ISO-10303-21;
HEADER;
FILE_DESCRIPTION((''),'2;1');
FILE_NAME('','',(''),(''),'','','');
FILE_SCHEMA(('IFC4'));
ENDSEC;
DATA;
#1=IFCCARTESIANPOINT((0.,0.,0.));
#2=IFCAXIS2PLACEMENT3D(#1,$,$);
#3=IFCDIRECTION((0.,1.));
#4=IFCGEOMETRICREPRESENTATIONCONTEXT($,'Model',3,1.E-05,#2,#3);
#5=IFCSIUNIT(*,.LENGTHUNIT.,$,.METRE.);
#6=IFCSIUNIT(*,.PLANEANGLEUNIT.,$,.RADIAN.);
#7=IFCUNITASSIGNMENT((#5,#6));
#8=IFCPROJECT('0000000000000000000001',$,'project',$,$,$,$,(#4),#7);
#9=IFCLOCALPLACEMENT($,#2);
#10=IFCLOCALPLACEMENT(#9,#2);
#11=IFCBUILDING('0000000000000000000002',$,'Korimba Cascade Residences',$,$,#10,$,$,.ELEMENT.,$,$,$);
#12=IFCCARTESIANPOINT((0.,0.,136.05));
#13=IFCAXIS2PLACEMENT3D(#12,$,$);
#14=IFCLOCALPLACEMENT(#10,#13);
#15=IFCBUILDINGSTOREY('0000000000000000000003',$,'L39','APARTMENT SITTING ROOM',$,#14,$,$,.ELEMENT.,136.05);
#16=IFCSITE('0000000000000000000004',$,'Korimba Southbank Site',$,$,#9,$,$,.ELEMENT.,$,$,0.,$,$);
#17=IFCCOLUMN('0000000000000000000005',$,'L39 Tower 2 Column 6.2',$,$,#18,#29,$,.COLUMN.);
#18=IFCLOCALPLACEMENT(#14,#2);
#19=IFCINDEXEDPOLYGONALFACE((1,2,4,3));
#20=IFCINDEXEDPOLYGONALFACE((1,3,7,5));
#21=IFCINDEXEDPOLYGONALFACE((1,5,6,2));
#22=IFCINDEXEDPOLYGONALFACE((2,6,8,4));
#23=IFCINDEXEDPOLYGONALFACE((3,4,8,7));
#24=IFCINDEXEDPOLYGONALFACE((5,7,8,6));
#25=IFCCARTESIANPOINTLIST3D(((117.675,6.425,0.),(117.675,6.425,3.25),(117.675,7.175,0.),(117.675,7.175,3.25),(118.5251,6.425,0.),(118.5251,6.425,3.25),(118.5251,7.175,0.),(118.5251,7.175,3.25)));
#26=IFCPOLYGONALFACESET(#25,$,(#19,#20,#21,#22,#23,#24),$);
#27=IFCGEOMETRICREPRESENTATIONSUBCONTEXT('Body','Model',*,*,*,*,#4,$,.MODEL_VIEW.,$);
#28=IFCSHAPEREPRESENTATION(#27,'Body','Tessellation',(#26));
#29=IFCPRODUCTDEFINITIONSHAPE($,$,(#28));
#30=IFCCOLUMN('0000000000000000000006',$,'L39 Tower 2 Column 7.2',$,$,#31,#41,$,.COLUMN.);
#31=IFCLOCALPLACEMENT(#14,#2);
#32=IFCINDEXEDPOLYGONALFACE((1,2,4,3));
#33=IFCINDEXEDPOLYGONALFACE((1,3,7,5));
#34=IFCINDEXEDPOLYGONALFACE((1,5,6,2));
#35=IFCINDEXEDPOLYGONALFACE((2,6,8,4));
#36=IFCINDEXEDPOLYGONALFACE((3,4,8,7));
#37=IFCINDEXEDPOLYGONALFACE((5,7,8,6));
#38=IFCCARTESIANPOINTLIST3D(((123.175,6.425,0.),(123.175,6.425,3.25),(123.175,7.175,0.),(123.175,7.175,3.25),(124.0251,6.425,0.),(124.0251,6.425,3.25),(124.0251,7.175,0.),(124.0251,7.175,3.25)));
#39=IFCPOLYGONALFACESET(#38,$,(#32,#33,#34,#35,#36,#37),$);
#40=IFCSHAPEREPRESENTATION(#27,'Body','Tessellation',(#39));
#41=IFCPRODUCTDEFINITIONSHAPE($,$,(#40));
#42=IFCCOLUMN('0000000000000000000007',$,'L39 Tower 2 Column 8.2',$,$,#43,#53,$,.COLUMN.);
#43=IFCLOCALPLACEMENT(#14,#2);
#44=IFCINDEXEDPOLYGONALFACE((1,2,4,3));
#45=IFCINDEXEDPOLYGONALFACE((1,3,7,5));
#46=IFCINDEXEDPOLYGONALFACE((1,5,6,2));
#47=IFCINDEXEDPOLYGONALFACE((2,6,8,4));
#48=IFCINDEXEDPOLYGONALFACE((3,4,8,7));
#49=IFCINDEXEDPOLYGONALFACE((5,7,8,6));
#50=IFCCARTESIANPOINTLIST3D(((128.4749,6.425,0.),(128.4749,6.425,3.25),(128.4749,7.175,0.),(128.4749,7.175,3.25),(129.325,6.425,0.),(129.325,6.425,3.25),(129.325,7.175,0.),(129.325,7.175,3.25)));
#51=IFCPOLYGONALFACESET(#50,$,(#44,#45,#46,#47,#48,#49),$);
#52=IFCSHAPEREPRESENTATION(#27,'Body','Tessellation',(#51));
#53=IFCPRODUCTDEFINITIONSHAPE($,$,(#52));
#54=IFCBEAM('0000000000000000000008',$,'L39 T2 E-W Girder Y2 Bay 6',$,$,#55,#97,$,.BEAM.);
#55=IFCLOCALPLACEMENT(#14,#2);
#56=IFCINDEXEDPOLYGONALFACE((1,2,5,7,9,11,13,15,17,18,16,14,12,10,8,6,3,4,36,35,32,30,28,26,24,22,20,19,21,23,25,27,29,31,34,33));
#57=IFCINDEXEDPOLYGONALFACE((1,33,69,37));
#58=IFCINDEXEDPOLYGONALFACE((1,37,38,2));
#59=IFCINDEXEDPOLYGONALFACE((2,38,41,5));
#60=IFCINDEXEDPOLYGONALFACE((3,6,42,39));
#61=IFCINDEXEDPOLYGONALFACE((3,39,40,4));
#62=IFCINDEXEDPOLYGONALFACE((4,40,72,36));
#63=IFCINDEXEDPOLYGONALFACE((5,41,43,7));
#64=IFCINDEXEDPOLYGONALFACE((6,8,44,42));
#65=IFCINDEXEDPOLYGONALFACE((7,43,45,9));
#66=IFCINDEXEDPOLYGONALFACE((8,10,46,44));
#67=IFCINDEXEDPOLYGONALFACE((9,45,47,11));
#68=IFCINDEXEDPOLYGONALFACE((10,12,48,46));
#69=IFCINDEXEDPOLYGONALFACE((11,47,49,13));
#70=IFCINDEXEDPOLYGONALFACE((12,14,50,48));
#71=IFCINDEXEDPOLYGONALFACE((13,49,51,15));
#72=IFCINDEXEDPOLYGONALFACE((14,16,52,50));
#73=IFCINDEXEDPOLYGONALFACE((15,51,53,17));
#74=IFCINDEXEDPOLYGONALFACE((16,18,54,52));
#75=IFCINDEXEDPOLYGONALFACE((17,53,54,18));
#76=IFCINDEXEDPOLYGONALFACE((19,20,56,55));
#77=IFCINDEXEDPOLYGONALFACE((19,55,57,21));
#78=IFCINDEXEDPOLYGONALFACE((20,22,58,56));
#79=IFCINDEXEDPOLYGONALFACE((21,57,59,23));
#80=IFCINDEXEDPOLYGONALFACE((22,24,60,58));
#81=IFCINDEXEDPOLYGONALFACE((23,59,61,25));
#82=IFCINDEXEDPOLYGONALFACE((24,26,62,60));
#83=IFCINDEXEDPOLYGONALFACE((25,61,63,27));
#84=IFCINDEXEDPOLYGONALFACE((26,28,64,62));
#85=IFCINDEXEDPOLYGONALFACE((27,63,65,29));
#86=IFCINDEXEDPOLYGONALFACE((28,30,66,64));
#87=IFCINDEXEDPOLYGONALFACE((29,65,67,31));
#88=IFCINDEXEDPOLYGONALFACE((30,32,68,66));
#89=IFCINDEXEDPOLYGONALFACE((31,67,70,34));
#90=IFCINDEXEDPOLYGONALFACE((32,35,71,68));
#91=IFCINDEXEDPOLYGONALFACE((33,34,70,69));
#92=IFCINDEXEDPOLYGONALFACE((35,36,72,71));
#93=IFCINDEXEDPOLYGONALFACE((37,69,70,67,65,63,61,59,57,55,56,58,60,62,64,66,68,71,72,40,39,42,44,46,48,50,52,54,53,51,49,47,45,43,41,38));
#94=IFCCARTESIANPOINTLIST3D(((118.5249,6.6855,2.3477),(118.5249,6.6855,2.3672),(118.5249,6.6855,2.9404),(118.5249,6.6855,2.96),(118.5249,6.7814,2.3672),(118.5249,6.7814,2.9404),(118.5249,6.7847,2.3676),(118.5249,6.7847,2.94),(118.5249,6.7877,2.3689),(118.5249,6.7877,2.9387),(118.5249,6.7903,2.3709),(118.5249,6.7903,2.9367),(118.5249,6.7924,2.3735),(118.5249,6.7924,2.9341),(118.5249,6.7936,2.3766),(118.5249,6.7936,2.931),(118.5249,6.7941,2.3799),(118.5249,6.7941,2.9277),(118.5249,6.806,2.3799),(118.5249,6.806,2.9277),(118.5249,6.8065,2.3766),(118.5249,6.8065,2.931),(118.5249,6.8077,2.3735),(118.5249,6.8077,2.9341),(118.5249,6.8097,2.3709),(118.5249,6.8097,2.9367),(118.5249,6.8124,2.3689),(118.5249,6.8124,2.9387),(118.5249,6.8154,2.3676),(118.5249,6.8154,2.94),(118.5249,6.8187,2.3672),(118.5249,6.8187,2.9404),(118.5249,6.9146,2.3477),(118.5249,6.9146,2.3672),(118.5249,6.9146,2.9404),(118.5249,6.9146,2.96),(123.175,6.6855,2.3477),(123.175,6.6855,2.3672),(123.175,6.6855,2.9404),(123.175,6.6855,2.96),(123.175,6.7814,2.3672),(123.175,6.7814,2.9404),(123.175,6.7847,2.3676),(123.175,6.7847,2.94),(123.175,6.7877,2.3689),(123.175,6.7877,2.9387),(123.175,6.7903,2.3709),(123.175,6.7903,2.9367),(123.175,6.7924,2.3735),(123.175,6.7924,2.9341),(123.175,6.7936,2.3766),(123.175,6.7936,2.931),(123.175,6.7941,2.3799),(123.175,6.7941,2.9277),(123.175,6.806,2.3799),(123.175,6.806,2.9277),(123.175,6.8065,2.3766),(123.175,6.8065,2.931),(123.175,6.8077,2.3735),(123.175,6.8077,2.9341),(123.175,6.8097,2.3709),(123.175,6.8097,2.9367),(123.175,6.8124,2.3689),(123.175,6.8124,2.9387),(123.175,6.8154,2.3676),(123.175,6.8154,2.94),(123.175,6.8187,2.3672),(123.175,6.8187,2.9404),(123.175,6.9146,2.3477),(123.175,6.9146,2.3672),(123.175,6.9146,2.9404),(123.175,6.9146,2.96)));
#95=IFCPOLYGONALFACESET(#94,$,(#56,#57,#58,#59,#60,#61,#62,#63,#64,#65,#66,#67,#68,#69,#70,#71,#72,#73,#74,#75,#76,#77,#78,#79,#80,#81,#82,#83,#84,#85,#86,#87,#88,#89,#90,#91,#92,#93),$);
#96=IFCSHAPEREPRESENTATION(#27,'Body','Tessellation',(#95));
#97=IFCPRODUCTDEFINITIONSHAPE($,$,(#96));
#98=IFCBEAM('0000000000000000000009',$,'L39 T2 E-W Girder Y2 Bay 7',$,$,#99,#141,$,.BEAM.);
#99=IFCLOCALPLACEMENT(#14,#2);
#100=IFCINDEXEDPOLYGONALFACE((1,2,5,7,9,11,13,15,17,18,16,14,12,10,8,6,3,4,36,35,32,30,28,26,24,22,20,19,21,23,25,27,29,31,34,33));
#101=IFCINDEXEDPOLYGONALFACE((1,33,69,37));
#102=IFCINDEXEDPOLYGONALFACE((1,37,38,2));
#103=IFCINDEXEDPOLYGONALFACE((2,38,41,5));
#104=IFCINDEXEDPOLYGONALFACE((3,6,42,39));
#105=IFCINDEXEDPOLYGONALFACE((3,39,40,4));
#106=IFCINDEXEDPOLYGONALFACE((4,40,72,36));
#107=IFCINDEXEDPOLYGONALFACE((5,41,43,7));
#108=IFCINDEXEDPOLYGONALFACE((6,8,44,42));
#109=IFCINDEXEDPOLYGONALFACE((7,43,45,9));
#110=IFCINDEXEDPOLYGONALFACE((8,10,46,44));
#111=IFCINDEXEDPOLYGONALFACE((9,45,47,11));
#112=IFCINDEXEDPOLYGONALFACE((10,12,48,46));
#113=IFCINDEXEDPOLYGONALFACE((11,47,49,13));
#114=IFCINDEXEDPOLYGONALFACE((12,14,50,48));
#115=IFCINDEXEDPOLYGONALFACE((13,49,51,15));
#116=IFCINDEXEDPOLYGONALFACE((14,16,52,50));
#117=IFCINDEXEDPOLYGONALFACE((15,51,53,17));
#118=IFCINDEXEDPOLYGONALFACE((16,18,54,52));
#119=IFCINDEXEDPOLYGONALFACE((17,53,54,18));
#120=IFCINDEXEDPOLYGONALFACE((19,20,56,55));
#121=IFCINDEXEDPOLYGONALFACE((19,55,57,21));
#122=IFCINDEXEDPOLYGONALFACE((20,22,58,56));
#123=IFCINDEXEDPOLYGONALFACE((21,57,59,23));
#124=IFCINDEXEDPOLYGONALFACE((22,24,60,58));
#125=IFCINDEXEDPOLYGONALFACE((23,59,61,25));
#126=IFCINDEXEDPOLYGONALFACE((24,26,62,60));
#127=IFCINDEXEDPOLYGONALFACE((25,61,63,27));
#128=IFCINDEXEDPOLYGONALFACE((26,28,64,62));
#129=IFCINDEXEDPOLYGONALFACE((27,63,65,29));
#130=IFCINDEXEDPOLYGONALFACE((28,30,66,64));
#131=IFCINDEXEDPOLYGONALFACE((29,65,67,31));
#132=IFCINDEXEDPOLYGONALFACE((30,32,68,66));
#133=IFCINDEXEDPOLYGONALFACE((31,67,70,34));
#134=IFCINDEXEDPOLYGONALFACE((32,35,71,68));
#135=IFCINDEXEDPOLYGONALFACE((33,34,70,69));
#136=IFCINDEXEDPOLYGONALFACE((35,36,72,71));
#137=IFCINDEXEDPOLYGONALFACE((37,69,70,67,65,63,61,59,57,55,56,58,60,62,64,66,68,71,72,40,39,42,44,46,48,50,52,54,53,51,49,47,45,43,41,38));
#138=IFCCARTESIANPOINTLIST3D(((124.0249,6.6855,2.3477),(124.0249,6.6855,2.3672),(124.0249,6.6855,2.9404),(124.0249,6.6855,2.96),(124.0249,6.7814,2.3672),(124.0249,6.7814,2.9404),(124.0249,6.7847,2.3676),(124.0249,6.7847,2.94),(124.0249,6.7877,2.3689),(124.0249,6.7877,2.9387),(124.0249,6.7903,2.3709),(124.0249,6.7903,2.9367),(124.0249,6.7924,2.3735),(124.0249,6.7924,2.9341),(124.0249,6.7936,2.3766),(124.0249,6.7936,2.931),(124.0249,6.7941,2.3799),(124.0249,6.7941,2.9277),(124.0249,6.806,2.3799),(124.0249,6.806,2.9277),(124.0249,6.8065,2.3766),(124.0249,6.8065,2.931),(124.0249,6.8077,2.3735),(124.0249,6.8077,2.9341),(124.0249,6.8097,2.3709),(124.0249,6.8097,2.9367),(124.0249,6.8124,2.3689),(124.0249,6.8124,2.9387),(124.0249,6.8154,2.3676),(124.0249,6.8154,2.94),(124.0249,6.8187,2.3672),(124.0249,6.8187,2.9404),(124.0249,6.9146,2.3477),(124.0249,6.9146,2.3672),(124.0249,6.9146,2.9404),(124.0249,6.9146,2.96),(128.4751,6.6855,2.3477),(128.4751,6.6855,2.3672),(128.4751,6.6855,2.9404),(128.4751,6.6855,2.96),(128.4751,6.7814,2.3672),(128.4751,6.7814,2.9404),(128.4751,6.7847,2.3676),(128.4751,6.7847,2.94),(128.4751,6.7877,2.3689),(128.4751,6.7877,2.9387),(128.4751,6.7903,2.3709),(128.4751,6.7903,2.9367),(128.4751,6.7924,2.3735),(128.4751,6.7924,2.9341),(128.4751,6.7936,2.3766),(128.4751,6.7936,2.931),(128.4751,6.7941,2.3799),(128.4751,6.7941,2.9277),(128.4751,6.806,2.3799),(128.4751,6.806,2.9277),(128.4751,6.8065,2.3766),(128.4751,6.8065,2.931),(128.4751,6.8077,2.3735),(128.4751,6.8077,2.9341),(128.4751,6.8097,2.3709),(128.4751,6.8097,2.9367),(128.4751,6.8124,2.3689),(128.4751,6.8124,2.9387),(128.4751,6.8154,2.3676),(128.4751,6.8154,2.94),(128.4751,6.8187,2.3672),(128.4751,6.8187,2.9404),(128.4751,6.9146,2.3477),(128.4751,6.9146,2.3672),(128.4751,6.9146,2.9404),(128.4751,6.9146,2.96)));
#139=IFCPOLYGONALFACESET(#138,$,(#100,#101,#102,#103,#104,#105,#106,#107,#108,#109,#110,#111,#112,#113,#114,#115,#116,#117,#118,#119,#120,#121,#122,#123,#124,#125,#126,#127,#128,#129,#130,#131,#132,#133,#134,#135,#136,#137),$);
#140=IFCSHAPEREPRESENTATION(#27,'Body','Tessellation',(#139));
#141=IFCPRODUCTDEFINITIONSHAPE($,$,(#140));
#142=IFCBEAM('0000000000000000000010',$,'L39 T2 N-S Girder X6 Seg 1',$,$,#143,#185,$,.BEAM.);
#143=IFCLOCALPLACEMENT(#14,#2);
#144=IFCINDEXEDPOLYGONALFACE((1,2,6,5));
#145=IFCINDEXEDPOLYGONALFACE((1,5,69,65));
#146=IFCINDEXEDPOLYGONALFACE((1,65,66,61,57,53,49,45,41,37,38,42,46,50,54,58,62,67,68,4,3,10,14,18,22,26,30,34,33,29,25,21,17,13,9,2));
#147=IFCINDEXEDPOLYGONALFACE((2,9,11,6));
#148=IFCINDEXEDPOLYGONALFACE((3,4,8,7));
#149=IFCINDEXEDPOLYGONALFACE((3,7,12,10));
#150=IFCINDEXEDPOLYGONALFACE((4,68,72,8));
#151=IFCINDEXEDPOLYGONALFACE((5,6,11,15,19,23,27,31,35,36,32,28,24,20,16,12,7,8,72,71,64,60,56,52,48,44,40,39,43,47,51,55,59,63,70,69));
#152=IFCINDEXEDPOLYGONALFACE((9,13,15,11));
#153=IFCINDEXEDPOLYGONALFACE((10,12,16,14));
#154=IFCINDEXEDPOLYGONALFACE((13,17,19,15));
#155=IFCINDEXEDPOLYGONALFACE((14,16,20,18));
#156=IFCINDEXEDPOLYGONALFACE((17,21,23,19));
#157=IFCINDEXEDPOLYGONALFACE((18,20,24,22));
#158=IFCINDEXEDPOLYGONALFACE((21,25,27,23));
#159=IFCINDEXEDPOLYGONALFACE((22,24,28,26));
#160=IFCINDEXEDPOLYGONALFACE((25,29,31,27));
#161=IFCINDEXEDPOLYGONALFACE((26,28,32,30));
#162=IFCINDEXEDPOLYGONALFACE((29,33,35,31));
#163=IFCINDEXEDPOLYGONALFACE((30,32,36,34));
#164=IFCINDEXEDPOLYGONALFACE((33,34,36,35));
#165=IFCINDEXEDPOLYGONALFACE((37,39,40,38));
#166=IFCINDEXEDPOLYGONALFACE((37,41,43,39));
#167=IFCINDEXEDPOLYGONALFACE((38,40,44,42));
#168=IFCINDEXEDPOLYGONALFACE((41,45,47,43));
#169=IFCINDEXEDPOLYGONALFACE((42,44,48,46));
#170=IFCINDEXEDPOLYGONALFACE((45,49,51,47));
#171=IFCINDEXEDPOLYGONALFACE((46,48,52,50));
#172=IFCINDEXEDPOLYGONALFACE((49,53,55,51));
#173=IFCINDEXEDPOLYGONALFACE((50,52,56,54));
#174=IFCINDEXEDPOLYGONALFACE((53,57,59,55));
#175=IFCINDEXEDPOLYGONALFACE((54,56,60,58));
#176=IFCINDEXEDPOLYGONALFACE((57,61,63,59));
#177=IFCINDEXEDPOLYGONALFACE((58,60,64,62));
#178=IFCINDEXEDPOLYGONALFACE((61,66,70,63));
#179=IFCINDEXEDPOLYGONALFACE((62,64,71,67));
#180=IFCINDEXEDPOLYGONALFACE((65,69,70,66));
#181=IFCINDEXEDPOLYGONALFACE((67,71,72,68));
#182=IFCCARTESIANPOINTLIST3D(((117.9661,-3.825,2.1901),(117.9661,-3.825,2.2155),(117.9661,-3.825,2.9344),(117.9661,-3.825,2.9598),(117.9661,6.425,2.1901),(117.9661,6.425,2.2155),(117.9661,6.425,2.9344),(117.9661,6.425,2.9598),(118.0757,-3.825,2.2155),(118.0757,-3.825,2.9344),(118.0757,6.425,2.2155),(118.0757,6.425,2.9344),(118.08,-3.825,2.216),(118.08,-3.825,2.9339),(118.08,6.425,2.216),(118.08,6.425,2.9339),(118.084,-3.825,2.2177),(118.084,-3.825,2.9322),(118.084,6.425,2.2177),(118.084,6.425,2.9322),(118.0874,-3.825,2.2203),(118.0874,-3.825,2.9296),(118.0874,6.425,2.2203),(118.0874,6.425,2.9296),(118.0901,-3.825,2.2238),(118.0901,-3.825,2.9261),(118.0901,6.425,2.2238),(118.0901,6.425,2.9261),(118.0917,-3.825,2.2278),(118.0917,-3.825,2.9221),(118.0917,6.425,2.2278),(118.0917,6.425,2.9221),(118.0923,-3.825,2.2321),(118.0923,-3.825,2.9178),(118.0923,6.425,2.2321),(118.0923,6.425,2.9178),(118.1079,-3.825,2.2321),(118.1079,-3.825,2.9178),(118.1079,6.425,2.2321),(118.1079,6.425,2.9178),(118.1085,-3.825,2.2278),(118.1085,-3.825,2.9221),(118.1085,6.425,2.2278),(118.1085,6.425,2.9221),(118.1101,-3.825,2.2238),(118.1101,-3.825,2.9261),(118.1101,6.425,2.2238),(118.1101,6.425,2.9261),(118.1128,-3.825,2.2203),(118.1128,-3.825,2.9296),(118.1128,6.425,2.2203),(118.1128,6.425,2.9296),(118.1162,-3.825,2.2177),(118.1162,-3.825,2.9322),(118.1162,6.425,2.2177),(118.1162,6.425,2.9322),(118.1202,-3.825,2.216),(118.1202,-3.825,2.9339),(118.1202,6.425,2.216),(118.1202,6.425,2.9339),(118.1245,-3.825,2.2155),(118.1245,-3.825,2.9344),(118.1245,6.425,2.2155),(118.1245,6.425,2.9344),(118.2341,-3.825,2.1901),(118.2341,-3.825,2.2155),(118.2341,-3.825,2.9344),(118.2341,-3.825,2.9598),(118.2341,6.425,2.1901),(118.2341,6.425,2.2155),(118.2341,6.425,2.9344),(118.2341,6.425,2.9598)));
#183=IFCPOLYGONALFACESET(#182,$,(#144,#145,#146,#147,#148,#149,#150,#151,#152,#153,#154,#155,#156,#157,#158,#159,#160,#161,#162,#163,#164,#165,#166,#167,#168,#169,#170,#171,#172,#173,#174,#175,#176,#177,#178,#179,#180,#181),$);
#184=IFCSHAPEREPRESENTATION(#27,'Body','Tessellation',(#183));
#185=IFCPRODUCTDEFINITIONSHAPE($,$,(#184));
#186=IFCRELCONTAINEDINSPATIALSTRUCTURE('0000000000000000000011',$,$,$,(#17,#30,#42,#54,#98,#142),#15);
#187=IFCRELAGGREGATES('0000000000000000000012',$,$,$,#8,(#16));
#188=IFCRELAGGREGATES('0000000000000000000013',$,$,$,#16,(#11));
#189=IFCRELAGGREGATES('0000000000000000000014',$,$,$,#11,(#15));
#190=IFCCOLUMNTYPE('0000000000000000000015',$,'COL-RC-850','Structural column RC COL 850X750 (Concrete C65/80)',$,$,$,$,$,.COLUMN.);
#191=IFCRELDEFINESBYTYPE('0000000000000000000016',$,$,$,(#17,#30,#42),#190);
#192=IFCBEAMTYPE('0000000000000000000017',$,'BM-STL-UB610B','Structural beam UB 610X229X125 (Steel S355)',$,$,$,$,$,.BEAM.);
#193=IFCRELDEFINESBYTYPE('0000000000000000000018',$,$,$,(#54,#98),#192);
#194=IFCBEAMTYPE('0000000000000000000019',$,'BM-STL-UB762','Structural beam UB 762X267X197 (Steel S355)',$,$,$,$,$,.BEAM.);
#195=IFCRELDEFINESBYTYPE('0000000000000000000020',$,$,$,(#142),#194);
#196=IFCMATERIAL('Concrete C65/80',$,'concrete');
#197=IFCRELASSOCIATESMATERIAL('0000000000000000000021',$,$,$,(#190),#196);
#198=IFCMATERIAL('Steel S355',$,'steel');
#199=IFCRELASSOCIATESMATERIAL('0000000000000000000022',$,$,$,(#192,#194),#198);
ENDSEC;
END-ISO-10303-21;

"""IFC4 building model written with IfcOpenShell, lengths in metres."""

from ifc_helpers import new_model, si_unit, direction, frame, origin, origin_2d, place, context, subcontext, project, spatial, rectangle, i_section, extrude, material, material_profile, profile_set, type_object, element, save


model = new_model("IFC4")

# Units and contexts
model_context = context("Model", 3, precision=1e-05, world=origin(), true_north=direction((0.0, 1.0)))
body_context = subcontext(model_context, "Body", "Model", "MODEL_VIEW")
ifc_project = project(units=[si_unit("LENGTHUNIT", "METRE"), si_unit("PLANEANGLEUNIT", "RADIAN")], contexts=[model_context])

# Site, building, storey
site_placement = place(None, origin())
site = spatial("IfcSite", under=ifc_project, at=site_placement, Name="Korimba Southbank Site", CompositionType="ELEMENT", RefElevation=0.0)
building_placement = place(site_placement, origin())
building = spatial("IfcBuilding", under=site, at=building_placement, Name="Korimba Cascade Residences", CompositionType="ELEMENT")
storey_placement = place(building_placement, frame((0.0, 0.0, 136.05)))
storey = spatial("IfcBuildingStorey", under=building, at=storey_placement, Name="L39", Description="APARTMENT SITTING ROOM", CompositionType="ELEMENT", Elevation=136.05)

# Columns
ifc_material_1 = material(Name="Concrete C65/80", Category="concrete")
ifc_material_profile_1 = material_profile(ifc_material_1, rectangle(XDim=0.8501, YDim=0.75, at=origin_2d()), Name="Concrete C65/80")
ifc_profile_set_1 = profile_set([ifc_material_profile_1], Name="Concrete C65/80")
column_type = type_object("IfcColumnType", Name="COL-RC-850", Description="Structural column RC COL 850X750 (Concrete C65/80)", PredefinedType="COLUMN", material=ifc_profile_set_1)
for number, where, z_axis, x_axis, name in (
    (1, (118.1001, 6.8, 0.0), (0.0, 0.0, 1.0), (1.0, 0.0, 0.0), "L39 Tower 2 Column 6.2"),
    (2, (123.6001, 6.8, 0.0), (0.0, 0.0, 1.0), (1.0, 0.0, 0.0), "L39 Tower 2 Column 7.2"),
    (3, (128.8999, 6.8, 0.0), (0.0, 0.0, 1.0), (1.0, 0.0, 0.0), "L39 Tower 2 Column 8.2"),
):
    element("IfcColumn", number, at=place(storey_placement, frame(where, z_axis=z_axis, x_axis=x_axis)), inside=storey, type_object=column_type, Name=name, PredefinedType="COLUMN", context=body_context, shape_type="SweptSolid", body=[
        extrude(rectangle(XDim=0.8501, YDim=0.75, at=origin_2d()), origin(), (0.0, 0.0, 1.0), 3.25),
    ])

# Beams
ifc_material_2 = material(Name="Steel S355", Category="steel")
ifc_material_profile_2 = material_profile(ifc_material_2, i_section(OverallWidth=0.229, OverallDepth=0.6123, WebThickness=0.012, FlangeThickness=0.0195, FilletRadius=0.0127, at=origin_2d()), Name="Steel S355")
ifc_profile_set_2 = profile_set([ifc_material_profile_2], Name="Steel S355")
beam_type_1 = type_object("IfcBeamType", Name="BM-STL-UB610B", Description="Structural beam UB 610X229X125 (Steel S355)", PredefinedType="BEAM", material=ifc_profile_set_2)
beam_1_placement = place(storey_placement, frame((118.5249, 6.8, 2.6538), z_axis=(1.0, 0.0, 0.0), x_axis=(0.0, 1.0, 0.0)))
element("IfcBeam", 4, at=beam_1_placement, inside=storey, type_object=beam_type_1, Name="L39 T2 E-W Girder Y2 Bay 6", PredefinedType="BEAM", context=body_context, shape_type="SweptSolid", body=[
    extrude(i_section(OverallWidth=0.229, OverallDepth=0.6123, WebThickness=0.012, FlangeThickness=0.0195, FilletRadius=0.0127, at=origin_2d()), origin(), (0.0, 0.0, 1.0), 4.6501),
])
beam_2_placement = place(storey_placement, frame((124.0249, 6.8, 2.6538), z_axis=(1.0, 0.0, 0.0), x_axis=(0.0, 1.0, 0.0)))
element("IfcBeam", 5, at=beam_2_placement, inside=storey, type_object=beam_type_1, Name="L39 T2 E-W Girder Y2 Bay 7", PredefinedType="BEAM", context=body_context, shape_type="SweptSolid", body=[
    extrude(i_section(OverallWidth=0.229, OverallDepth=0.6123, WebThickness=0.012, FlangeThickness=0.0195, FilletRadius=0.0127, at=origin_2d()), origin(), (0.0, 0.0, 1.0), 4.4502),
])
ifc_material_profile_3 = material_profile(ifc_material_2, i_section(OverallWidth=0.2681, OverallDepth=0.7698, WebThickness=0.0156, FlangeThickness=0.0254, FilletRadius=0.0166, at=origin_2d()), Name="Steel S355")
ifc_profile_set_3 = profile_set([ifc_material_profile_3], Name="Steel S355")
beam_type_2 = type_object("IfcBeamType", Name="BM-STL-UB762", Description="Structural beam UB 762X267X197 (Steel S355)", PredefinedType="BEAM", material=ifc_profile_set_3)
beam_3_placement = place(storey_placement, frame((118.1001, -3.825, 2.575), z_axis=(0.0, 1.0, 0.0), x_axis=(-1.0, 0.0, 0.0)))
element("IfcBeam", 6, at=beam_3_placement, inside=storey, type_object=beam_type_2, Name="L39 T2 N-S Girder X6 Seg 1", PredefinedType="BEAM", context=body_context, shape_type="SweptSolid", body=[
    extrude(i_section(OverallWidth=0.2681, OverallDepth=0.7698, WebThickness=0.0156, FlangeThickness=0.0254, FilletRadius=0.0166, at=origin_2d()), origin(), (0.0, 0.0, 1.0), 10.25),
])

save(model, "model.ifc")
